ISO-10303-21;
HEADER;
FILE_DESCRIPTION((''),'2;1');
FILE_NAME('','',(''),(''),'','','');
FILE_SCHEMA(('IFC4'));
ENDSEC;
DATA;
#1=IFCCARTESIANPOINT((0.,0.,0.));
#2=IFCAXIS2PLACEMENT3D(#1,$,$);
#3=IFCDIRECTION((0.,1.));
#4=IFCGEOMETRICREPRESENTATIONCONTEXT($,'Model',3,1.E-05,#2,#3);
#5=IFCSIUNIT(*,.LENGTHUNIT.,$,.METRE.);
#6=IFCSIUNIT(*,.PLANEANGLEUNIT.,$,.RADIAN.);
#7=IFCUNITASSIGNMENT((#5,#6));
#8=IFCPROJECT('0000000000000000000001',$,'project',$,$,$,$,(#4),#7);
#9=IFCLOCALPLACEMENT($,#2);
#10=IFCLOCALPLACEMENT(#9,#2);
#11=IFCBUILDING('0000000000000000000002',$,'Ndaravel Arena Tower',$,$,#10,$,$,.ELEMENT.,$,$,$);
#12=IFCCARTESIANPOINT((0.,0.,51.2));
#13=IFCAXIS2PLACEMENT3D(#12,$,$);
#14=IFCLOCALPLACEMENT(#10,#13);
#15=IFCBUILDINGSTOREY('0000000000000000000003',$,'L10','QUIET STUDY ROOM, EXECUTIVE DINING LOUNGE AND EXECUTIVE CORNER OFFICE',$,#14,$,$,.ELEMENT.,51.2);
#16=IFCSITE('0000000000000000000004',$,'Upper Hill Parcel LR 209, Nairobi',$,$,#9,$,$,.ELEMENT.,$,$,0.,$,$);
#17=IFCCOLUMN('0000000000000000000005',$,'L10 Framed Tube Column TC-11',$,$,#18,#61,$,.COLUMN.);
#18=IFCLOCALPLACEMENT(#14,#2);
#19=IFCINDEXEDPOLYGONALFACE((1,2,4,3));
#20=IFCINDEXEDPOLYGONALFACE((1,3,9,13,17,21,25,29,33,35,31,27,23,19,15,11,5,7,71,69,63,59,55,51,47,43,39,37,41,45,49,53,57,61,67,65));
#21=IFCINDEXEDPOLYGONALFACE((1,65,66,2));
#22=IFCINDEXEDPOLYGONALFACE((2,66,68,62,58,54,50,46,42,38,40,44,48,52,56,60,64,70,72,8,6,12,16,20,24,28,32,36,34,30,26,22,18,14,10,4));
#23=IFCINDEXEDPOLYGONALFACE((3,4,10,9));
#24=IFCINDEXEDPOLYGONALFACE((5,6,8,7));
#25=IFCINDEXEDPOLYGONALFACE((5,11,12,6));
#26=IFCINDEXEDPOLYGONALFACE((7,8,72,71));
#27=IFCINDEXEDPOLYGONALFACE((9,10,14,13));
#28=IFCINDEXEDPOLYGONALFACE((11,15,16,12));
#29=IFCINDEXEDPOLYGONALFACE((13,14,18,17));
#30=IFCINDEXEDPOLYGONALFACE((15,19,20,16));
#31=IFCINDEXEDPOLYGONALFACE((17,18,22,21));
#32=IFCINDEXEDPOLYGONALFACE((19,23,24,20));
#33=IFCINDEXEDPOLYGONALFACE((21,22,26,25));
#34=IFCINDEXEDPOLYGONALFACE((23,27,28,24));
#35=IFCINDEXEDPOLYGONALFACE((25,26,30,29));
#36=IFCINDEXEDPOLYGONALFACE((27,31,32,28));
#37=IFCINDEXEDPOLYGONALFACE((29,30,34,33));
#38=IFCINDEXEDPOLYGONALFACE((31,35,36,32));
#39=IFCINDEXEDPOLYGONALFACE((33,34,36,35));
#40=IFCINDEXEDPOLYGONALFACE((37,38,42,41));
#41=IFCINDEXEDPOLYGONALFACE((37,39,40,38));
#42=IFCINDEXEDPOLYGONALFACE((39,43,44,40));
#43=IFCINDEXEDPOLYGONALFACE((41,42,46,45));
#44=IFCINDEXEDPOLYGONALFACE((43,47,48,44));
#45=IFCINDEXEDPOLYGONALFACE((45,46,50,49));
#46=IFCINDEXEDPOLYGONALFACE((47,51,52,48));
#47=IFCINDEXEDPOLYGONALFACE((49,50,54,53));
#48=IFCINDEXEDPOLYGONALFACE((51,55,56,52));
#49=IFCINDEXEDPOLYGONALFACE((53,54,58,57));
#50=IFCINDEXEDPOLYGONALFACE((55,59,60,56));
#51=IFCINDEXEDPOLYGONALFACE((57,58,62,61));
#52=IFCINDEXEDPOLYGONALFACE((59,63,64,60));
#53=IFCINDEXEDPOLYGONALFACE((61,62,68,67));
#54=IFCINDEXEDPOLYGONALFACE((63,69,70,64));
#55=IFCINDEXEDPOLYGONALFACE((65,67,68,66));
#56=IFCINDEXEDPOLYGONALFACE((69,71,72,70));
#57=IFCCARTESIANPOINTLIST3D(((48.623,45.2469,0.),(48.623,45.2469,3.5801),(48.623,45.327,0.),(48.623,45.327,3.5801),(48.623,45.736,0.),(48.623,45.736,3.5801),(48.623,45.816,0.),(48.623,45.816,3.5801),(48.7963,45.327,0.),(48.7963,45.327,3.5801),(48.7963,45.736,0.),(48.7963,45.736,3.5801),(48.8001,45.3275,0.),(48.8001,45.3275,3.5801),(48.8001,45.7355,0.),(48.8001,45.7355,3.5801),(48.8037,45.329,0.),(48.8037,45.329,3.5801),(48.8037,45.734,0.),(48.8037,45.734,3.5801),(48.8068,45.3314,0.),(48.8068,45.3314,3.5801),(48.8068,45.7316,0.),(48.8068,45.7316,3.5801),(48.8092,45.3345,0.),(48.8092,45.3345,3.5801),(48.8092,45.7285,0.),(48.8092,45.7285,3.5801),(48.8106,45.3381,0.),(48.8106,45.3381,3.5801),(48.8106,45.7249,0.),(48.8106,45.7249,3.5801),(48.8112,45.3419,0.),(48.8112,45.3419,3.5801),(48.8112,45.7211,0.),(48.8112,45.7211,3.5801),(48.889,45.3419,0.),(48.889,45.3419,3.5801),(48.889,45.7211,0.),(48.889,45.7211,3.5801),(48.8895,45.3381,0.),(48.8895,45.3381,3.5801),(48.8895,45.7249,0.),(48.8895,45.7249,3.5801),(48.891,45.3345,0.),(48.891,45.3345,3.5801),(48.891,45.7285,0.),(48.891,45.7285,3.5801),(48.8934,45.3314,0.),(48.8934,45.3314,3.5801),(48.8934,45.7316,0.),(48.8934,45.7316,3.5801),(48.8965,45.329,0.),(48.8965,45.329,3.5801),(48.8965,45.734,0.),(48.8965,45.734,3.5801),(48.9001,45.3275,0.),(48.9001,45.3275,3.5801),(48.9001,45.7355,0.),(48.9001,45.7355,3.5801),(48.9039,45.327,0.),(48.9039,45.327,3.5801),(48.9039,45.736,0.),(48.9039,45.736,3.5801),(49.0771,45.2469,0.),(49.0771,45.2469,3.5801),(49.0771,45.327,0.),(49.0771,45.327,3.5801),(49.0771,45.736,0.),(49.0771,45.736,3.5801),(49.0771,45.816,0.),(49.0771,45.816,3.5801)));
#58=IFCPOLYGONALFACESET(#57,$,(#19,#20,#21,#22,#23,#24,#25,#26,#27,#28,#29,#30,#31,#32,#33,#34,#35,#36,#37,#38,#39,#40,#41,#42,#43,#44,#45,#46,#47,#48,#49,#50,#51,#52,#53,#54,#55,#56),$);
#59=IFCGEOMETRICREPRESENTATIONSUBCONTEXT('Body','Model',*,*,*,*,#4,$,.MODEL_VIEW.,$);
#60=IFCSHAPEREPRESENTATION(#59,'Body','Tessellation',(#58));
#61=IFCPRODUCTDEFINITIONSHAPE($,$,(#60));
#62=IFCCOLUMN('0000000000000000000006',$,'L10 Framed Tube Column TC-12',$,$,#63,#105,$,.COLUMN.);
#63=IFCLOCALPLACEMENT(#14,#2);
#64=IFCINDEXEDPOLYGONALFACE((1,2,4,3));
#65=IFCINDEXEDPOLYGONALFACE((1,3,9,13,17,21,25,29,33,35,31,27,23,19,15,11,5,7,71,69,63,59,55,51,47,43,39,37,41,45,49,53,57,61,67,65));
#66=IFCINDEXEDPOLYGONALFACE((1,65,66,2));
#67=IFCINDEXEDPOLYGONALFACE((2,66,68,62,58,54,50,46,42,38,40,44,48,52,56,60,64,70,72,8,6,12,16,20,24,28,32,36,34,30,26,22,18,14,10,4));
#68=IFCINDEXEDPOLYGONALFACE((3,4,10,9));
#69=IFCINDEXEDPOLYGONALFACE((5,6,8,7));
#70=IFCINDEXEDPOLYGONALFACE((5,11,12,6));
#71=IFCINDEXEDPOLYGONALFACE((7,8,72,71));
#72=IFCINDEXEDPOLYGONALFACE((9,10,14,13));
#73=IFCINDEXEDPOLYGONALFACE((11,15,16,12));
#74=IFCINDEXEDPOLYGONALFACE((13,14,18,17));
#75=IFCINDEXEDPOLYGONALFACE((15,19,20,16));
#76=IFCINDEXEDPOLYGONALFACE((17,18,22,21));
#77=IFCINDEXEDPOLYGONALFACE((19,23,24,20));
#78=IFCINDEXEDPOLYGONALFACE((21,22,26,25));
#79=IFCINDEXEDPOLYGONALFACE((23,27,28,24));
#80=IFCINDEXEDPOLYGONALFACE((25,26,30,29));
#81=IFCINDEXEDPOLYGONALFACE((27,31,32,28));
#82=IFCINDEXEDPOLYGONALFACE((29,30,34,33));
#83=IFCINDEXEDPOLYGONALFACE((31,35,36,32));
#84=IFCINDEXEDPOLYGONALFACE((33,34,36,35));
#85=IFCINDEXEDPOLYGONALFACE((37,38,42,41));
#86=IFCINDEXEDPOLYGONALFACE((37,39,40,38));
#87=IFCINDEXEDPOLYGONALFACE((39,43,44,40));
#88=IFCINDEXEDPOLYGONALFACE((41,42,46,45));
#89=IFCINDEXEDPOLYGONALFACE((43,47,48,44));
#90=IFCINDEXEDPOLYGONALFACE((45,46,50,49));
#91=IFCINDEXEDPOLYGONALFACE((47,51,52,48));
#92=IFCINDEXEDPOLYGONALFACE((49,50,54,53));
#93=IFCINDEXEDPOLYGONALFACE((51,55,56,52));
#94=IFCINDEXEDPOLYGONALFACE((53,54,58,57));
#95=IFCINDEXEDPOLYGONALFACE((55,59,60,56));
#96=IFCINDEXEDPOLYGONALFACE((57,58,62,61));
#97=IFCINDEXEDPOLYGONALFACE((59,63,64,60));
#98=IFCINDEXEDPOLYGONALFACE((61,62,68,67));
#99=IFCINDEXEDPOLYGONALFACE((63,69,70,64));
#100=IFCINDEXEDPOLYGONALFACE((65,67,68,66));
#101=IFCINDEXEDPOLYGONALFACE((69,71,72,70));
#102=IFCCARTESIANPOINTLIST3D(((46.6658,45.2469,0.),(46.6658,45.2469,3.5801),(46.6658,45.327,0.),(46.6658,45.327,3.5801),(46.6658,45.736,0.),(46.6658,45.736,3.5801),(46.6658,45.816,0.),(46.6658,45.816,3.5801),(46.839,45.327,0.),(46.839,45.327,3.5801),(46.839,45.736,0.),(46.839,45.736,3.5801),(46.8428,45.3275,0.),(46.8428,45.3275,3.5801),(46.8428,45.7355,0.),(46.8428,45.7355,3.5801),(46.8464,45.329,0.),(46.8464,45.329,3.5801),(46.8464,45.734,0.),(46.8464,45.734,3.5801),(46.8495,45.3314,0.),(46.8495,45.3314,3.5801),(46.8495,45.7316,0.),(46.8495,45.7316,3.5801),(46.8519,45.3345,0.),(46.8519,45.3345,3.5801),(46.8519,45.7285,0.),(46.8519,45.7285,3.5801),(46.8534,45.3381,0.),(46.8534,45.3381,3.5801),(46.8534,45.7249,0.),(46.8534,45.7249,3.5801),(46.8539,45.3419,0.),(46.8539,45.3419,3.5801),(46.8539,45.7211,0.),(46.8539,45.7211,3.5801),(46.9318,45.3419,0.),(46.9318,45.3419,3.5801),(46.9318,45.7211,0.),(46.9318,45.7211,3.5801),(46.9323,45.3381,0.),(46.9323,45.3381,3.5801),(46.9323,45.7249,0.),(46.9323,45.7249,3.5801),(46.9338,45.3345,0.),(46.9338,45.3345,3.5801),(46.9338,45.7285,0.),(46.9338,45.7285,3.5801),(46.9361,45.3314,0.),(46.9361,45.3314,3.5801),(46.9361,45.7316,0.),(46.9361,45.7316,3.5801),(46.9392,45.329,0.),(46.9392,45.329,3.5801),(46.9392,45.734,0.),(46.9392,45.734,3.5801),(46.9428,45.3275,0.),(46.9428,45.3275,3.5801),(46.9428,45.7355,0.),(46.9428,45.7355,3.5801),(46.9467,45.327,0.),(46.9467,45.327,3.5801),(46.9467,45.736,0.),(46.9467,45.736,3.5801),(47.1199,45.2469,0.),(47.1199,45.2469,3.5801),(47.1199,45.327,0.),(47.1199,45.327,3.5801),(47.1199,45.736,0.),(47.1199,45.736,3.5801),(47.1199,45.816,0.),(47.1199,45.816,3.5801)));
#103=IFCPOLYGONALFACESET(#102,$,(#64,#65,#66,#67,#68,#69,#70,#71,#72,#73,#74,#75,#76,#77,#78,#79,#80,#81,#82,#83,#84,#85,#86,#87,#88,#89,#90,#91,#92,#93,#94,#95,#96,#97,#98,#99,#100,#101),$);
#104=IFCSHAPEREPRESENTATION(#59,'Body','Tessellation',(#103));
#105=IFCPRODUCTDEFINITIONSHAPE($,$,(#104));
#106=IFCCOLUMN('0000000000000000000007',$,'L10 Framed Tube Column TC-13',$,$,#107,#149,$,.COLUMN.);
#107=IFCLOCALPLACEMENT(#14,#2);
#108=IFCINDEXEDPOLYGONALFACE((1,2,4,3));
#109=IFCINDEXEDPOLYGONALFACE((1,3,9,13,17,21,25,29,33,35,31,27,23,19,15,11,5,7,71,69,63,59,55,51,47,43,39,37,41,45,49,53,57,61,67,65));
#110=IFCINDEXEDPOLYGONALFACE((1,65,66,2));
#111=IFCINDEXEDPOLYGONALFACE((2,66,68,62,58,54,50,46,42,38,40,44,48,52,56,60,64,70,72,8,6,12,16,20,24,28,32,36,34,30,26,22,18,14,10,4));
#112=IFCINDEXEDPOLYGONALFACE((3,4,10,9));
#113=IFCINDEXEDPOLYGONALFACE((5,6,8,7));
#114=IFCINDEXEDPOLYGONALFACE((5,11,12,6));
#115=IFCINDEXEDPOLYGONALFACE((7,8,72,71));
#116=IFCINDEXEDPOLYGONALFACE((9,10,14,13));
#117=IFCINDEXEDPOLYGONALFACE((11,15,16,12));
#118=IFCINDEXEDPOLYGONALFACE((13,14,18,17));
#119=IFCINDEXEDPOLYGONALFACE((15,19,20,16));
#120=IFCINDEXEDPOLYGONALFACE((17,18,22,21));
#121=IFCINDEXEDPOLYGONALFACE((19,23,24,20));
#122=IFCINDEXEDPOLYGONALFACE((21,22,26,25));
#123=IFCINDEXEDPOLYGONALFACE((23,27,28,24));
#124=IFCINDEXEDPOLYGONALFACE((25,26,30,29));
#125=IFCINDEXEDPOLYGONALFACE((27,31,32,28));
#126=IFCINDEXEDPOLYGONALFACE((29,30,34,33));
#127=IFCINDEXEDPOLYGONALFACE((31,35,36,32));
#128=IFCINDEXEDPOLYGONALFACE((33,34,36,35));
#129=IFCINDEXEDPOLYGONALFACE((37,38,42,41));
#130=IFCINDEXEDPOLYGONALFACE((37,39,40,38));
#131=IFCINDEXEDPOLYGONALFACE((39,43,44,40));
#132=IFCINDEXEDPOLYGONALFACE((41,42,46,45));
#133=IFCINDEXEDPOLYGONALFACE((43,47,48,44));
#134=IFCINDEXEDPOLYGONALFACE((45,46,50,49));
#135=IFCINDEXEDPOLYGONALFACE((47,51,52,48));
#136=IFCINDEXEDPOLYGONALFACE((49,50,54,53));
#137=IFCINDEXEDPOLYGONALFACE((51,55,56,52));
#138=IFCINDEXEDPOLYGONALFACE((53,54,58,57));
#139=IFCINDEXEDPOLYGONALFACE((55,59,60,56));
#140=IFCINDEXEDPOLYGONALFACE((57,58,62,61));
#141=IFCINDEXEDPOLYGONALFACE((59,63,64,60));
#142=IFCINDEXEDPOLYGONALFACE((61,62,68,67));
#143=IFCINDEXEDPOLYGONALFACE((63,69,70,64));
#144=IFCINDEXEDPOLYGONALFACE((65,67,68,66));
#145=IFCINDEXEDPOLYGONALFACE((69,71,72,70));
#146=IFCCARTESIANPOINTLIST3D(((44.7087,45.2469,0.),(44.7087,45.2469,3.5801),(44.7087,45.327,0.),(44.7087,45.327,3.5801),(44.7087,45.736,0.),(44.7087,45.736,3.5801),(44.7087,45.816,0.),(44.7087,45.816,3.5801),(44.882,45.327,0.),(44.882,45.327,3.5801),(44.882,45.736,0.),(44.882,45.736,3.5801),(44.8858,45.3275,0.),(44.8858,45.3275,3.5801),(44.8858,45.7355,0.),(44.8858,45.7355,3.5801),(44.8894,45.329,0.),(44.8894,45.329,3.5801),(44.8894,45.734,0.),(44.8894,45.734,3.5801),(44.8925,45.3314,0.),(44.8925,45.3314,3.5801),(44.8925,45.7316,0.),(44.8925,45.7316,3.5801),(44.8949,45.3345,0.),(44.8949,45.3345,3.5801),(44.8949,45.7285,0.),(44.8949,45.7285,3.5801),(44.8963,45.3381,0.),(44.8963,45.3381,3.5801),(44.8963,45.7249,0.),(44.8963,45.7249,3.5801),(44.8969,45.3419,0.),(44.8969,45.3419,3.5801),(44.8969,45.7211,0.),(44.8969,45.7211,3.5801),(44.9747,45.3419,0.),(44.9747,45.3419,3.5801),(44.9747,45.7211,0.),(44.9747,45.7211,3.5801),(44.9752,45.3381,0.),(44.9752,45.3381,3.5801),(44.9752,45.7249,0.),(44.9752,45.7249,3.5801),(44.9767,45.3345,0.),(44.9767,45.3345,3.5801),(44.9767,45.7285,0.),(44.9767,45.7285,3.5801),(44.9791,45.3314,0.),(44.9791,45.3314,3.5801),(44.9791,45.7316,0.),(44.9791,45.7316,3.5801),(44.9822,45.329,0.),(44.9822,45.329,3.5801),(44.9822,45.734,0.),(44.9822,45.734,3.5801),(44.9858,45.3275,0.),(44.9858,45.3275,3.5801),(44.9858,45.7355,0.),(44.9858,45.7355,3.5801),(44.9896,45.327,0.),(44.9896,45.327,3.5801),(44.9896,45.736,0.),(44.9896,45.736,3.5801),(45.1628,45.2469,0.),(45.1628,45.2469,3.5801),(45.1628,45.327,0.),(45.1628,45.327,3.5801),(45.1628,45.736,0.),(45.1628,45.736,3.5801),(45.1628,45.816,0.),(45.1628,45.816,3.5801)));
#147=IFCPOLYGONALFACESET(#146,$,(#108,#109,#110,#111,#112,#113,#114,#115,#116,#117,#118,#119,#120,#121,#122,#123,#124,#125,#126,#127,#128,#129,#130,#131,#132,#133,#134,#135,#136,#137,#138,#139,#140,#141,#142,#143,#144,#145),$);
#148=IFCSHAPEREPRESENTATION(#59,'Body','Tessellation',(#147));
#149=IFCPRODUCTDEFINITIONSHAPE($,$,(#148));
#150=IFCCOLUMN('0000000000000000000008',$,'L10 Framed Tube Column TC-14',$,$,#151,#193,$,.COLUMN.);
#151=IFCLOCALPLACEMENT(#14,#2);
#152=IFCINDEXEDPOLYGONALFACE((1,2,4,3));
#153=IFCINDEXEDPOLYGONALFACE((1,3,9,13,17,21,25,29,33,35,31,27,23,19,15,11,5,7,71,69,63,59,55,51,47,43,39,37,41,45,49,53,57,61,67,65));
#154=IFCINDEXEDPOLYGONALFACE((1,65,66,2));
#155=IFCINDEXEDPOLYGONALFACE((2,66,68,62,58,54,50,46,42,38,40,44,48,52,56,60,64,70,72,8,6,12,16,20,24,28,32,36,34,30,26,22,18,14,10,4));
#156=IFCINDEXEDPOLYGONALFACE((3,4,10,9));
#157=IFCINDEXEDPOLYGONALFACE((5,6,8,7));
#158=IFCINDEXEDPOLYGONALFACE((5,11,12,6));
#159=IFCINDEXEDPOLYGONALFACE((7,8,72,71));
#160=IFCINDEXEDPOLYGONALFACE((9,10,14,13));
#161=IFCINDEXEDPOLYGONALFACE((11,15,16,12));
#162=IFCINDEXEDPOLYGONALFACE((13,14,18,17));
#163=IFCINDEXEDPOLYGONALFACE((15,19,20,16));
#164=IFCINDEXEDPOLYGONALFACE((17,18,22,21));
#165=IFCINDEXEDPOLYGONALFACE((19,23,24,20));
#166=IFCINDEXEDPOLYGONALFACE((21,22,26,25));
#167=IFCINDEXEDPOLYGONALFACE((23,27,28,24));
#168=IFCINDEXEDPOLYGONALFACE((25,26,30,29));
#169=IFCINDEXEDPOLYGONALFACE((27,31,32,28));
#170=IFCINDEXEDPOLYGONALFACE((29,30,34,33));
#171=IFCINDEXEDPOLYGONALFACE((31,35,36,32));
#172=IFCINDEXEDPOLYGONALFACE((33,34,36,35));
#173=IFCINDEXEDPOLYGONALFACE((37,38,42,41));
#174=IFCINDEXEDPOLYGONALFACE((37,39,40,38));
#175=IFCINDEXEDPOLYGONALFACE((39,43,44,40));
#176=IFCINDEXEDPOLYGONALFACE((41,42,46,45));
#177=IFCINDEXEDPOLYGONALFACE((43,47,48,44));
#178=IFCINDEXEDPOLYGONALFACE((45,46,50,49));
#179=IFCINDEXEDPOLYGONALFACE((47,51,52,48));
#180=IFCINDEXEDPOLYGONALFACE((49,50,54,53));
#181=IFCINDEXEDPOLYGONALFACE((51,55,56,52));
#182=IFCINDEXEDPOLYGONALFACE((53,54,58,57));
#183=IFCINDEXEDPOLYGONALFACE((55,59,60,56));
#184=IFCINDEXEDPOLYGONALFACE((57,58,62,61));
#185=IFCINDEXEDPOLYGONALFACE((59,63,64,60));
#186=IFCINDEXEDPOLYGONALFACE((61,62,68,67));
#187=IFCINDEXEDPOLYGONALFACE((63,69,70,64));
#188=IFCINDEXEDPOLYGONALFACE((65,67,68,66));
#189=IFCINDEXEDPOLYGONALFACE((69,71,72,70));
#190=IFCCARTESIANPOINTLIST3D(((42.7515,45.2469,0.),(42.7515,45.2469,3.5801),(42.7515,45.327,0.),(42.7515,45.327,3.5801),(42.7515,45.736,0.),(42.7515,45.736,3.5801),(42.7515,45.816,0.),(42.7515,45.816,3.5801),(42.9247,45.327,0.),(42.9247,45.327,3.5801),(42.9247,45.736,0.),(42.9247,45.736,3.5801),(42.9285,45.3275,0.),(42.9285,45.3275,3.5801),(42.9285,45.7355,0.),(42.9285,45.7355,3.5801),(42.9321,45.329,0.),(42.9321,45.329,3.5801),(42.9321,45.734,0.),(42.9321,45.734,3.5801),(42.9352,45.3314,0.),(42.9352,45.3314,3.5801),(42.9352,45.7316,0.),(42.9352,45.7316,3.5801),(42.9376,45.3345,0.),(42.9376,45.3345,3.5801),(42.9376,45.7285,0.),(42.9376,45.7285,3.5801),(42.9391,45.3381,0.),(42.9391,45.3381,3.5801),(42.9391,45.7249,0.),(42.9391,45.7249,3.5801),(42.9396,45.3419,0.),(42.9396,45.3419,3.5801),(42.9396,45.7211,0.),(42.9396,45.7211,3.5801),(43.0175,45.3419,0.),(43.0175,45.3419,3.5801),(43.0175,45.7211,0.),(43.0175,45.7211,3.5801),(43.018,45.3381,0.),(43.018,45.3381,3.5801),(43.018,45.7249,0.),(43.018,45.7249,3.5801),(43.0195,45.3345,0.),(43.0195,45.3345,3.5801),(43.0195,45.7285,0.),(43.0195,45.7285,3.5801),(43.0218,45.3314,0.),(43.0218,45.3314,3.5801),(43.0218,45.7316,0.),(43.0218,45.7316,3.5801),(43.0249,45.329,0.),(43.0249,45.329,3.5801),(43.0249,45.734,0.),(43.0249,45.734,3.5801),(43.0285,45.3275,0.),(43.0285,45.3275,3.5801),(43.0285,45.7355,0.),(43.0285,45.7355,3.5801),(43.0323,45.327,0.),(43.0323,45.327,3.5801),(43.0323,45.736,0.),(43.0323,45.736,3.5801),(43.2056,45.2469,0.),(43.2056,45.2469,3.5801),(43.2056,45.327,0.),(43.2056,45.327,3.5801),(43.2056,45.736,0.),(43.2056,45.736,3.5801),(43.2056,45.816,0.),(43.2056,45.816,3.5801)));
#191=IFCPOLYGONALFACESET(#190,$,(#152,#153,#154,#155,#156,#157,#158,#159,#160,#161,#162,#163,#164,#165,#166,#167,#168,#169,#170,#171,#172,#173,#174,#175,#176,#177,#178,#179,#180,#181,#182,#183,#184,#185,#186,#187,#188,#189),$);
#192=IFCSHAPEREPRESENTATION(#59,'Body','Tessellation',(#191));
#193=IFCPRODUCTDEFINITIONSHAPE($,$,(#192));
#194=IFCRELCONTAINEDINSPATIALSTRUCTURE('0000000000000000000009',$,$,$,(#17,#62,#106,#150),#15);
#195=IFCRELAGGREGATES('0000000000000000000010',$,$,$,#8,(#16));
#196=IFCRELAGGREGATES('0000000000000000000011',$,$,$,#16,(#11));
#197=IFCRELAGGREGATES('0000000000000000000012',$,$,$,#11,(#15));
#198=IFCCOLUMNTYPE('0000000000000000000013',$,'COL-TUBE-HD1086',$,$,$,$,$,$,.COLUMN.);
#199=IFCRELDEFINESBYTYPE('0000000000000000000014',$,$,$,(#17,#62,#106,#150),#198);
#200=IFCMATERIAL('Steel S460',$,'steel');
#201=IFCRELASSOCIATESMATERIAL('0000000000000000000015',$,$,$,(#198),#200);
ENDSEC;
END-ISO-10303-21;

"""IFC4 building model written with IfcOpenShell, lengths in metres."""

from ifc_helpers import new_model, si_unit, direction, frame, origin, origin_2d, place, context, subcontext, project, spatial, i_section, extrude, material, material_profile, profile_set, type_object, element, save


model = new_model("IFC4")

# Units and contexts
model_context = context("Model", 3, precision=1e-05, world=origin(), true_north=direction((0.0, 1.0)))
body_context = subcontext(model_context, "Body", "Model", "MODEL_VIEW")
ifc_project = project(units=[si_unit("LENGTHUNIT", "METRE"), si_unit("PLANEANGLEUNIT", "RADIAN")], contexts=[model_context])

# Site, building, storey
site_placement = place(None, origin())
site = spatial("IfcSite", under=ifc_project, at=site_placement, Name="Upper Hill Parcel LR 209, Nairobi", CompositionType="ELEMENT", RefElevation=0.0)
building_placement = place(site_placement, origin())
building = spatial("IfcBuilding", under=site, at=building_placement, Name="Ndaravel Arena Tower", CompositionType="ELEMENT")
storey_placement = place(building_placement, frame((0.0, 0.0, 51.2)))
storey = spatial("IfcBuildingStorey", under=building, at=storey_placement, Name="L10", Description="QUIET STUDY ROOM, EXECUTIVE DINING LOUNGE AND EXECUTIVE CORNER OFFICE", CompositionType="ELEMENT", Elevation=51.2)

# Columns
ifc_material_1 = material(Name="Steel S460", Category="steel")
ifc_material_profile_1 = material_profile(ifc_material_1, i_section(OverallWidth=0.4541, OverallDepth=0.5691, WebThickness=0.0779, FlangeThickness=0.0801, FilletRadius=0.0149, at=origin_2d()), Name="HD 400x1086")
ifc_profile_set_1 = profile_set([ifc_material_profile_1], Name="Steel S460")
column_type = type_object("IfcColumnType", Name="COL-TUBE-HD1086", PredefinedType="COLUMN", material=ifc_profile_set_1)
for number, where, z_axis, x_axis, name in (
    (1, (48.8501, 45.5315, 0.0), (0.0, 0.0, 1.0), (1.0, 0.0, 0.0), "L10 Framed Tube Column TC-11"),
    (2, (46.8928, 45.5315, 0.0), (0.0, 0.0, 1.0), (1.0, 0.0, 0.0), "L10 Framed Tube Column TC-12"),
    (3, (44.9358, 45.5315, 0.0), (0.0, 0.0, 1.0), (1.0, 0.0, 0.0), "L10 Framed Tube Column TC-13"),
    (4, (42.9785, 45.5315, 0.0), (0.0, 0.0, 1.0), (1.0, 0.0, 0.0), "L10 Framed Tube Column TC-14"),
):
    element("IfcColumn", number, at=place(storey_placement, frame(where, z_axis=z_axis, x_axis=x_axis)), inside=storey, type_object=column_type, Name=name, PredefinedType="COLUMN", context=body_context, shape_type="SweptSolid", body=[
        extrude(i_section(OverallWidth=0.4541, OverallDepth=0.5691, WebThickness=0.0779, FlangeThickness=0.0801, FilletRadius=0.0149, at=origin_2d()), origin(), (0.0, 0.0, 1.0), 3.5801),
    ])

save(model, "model.ifc")
